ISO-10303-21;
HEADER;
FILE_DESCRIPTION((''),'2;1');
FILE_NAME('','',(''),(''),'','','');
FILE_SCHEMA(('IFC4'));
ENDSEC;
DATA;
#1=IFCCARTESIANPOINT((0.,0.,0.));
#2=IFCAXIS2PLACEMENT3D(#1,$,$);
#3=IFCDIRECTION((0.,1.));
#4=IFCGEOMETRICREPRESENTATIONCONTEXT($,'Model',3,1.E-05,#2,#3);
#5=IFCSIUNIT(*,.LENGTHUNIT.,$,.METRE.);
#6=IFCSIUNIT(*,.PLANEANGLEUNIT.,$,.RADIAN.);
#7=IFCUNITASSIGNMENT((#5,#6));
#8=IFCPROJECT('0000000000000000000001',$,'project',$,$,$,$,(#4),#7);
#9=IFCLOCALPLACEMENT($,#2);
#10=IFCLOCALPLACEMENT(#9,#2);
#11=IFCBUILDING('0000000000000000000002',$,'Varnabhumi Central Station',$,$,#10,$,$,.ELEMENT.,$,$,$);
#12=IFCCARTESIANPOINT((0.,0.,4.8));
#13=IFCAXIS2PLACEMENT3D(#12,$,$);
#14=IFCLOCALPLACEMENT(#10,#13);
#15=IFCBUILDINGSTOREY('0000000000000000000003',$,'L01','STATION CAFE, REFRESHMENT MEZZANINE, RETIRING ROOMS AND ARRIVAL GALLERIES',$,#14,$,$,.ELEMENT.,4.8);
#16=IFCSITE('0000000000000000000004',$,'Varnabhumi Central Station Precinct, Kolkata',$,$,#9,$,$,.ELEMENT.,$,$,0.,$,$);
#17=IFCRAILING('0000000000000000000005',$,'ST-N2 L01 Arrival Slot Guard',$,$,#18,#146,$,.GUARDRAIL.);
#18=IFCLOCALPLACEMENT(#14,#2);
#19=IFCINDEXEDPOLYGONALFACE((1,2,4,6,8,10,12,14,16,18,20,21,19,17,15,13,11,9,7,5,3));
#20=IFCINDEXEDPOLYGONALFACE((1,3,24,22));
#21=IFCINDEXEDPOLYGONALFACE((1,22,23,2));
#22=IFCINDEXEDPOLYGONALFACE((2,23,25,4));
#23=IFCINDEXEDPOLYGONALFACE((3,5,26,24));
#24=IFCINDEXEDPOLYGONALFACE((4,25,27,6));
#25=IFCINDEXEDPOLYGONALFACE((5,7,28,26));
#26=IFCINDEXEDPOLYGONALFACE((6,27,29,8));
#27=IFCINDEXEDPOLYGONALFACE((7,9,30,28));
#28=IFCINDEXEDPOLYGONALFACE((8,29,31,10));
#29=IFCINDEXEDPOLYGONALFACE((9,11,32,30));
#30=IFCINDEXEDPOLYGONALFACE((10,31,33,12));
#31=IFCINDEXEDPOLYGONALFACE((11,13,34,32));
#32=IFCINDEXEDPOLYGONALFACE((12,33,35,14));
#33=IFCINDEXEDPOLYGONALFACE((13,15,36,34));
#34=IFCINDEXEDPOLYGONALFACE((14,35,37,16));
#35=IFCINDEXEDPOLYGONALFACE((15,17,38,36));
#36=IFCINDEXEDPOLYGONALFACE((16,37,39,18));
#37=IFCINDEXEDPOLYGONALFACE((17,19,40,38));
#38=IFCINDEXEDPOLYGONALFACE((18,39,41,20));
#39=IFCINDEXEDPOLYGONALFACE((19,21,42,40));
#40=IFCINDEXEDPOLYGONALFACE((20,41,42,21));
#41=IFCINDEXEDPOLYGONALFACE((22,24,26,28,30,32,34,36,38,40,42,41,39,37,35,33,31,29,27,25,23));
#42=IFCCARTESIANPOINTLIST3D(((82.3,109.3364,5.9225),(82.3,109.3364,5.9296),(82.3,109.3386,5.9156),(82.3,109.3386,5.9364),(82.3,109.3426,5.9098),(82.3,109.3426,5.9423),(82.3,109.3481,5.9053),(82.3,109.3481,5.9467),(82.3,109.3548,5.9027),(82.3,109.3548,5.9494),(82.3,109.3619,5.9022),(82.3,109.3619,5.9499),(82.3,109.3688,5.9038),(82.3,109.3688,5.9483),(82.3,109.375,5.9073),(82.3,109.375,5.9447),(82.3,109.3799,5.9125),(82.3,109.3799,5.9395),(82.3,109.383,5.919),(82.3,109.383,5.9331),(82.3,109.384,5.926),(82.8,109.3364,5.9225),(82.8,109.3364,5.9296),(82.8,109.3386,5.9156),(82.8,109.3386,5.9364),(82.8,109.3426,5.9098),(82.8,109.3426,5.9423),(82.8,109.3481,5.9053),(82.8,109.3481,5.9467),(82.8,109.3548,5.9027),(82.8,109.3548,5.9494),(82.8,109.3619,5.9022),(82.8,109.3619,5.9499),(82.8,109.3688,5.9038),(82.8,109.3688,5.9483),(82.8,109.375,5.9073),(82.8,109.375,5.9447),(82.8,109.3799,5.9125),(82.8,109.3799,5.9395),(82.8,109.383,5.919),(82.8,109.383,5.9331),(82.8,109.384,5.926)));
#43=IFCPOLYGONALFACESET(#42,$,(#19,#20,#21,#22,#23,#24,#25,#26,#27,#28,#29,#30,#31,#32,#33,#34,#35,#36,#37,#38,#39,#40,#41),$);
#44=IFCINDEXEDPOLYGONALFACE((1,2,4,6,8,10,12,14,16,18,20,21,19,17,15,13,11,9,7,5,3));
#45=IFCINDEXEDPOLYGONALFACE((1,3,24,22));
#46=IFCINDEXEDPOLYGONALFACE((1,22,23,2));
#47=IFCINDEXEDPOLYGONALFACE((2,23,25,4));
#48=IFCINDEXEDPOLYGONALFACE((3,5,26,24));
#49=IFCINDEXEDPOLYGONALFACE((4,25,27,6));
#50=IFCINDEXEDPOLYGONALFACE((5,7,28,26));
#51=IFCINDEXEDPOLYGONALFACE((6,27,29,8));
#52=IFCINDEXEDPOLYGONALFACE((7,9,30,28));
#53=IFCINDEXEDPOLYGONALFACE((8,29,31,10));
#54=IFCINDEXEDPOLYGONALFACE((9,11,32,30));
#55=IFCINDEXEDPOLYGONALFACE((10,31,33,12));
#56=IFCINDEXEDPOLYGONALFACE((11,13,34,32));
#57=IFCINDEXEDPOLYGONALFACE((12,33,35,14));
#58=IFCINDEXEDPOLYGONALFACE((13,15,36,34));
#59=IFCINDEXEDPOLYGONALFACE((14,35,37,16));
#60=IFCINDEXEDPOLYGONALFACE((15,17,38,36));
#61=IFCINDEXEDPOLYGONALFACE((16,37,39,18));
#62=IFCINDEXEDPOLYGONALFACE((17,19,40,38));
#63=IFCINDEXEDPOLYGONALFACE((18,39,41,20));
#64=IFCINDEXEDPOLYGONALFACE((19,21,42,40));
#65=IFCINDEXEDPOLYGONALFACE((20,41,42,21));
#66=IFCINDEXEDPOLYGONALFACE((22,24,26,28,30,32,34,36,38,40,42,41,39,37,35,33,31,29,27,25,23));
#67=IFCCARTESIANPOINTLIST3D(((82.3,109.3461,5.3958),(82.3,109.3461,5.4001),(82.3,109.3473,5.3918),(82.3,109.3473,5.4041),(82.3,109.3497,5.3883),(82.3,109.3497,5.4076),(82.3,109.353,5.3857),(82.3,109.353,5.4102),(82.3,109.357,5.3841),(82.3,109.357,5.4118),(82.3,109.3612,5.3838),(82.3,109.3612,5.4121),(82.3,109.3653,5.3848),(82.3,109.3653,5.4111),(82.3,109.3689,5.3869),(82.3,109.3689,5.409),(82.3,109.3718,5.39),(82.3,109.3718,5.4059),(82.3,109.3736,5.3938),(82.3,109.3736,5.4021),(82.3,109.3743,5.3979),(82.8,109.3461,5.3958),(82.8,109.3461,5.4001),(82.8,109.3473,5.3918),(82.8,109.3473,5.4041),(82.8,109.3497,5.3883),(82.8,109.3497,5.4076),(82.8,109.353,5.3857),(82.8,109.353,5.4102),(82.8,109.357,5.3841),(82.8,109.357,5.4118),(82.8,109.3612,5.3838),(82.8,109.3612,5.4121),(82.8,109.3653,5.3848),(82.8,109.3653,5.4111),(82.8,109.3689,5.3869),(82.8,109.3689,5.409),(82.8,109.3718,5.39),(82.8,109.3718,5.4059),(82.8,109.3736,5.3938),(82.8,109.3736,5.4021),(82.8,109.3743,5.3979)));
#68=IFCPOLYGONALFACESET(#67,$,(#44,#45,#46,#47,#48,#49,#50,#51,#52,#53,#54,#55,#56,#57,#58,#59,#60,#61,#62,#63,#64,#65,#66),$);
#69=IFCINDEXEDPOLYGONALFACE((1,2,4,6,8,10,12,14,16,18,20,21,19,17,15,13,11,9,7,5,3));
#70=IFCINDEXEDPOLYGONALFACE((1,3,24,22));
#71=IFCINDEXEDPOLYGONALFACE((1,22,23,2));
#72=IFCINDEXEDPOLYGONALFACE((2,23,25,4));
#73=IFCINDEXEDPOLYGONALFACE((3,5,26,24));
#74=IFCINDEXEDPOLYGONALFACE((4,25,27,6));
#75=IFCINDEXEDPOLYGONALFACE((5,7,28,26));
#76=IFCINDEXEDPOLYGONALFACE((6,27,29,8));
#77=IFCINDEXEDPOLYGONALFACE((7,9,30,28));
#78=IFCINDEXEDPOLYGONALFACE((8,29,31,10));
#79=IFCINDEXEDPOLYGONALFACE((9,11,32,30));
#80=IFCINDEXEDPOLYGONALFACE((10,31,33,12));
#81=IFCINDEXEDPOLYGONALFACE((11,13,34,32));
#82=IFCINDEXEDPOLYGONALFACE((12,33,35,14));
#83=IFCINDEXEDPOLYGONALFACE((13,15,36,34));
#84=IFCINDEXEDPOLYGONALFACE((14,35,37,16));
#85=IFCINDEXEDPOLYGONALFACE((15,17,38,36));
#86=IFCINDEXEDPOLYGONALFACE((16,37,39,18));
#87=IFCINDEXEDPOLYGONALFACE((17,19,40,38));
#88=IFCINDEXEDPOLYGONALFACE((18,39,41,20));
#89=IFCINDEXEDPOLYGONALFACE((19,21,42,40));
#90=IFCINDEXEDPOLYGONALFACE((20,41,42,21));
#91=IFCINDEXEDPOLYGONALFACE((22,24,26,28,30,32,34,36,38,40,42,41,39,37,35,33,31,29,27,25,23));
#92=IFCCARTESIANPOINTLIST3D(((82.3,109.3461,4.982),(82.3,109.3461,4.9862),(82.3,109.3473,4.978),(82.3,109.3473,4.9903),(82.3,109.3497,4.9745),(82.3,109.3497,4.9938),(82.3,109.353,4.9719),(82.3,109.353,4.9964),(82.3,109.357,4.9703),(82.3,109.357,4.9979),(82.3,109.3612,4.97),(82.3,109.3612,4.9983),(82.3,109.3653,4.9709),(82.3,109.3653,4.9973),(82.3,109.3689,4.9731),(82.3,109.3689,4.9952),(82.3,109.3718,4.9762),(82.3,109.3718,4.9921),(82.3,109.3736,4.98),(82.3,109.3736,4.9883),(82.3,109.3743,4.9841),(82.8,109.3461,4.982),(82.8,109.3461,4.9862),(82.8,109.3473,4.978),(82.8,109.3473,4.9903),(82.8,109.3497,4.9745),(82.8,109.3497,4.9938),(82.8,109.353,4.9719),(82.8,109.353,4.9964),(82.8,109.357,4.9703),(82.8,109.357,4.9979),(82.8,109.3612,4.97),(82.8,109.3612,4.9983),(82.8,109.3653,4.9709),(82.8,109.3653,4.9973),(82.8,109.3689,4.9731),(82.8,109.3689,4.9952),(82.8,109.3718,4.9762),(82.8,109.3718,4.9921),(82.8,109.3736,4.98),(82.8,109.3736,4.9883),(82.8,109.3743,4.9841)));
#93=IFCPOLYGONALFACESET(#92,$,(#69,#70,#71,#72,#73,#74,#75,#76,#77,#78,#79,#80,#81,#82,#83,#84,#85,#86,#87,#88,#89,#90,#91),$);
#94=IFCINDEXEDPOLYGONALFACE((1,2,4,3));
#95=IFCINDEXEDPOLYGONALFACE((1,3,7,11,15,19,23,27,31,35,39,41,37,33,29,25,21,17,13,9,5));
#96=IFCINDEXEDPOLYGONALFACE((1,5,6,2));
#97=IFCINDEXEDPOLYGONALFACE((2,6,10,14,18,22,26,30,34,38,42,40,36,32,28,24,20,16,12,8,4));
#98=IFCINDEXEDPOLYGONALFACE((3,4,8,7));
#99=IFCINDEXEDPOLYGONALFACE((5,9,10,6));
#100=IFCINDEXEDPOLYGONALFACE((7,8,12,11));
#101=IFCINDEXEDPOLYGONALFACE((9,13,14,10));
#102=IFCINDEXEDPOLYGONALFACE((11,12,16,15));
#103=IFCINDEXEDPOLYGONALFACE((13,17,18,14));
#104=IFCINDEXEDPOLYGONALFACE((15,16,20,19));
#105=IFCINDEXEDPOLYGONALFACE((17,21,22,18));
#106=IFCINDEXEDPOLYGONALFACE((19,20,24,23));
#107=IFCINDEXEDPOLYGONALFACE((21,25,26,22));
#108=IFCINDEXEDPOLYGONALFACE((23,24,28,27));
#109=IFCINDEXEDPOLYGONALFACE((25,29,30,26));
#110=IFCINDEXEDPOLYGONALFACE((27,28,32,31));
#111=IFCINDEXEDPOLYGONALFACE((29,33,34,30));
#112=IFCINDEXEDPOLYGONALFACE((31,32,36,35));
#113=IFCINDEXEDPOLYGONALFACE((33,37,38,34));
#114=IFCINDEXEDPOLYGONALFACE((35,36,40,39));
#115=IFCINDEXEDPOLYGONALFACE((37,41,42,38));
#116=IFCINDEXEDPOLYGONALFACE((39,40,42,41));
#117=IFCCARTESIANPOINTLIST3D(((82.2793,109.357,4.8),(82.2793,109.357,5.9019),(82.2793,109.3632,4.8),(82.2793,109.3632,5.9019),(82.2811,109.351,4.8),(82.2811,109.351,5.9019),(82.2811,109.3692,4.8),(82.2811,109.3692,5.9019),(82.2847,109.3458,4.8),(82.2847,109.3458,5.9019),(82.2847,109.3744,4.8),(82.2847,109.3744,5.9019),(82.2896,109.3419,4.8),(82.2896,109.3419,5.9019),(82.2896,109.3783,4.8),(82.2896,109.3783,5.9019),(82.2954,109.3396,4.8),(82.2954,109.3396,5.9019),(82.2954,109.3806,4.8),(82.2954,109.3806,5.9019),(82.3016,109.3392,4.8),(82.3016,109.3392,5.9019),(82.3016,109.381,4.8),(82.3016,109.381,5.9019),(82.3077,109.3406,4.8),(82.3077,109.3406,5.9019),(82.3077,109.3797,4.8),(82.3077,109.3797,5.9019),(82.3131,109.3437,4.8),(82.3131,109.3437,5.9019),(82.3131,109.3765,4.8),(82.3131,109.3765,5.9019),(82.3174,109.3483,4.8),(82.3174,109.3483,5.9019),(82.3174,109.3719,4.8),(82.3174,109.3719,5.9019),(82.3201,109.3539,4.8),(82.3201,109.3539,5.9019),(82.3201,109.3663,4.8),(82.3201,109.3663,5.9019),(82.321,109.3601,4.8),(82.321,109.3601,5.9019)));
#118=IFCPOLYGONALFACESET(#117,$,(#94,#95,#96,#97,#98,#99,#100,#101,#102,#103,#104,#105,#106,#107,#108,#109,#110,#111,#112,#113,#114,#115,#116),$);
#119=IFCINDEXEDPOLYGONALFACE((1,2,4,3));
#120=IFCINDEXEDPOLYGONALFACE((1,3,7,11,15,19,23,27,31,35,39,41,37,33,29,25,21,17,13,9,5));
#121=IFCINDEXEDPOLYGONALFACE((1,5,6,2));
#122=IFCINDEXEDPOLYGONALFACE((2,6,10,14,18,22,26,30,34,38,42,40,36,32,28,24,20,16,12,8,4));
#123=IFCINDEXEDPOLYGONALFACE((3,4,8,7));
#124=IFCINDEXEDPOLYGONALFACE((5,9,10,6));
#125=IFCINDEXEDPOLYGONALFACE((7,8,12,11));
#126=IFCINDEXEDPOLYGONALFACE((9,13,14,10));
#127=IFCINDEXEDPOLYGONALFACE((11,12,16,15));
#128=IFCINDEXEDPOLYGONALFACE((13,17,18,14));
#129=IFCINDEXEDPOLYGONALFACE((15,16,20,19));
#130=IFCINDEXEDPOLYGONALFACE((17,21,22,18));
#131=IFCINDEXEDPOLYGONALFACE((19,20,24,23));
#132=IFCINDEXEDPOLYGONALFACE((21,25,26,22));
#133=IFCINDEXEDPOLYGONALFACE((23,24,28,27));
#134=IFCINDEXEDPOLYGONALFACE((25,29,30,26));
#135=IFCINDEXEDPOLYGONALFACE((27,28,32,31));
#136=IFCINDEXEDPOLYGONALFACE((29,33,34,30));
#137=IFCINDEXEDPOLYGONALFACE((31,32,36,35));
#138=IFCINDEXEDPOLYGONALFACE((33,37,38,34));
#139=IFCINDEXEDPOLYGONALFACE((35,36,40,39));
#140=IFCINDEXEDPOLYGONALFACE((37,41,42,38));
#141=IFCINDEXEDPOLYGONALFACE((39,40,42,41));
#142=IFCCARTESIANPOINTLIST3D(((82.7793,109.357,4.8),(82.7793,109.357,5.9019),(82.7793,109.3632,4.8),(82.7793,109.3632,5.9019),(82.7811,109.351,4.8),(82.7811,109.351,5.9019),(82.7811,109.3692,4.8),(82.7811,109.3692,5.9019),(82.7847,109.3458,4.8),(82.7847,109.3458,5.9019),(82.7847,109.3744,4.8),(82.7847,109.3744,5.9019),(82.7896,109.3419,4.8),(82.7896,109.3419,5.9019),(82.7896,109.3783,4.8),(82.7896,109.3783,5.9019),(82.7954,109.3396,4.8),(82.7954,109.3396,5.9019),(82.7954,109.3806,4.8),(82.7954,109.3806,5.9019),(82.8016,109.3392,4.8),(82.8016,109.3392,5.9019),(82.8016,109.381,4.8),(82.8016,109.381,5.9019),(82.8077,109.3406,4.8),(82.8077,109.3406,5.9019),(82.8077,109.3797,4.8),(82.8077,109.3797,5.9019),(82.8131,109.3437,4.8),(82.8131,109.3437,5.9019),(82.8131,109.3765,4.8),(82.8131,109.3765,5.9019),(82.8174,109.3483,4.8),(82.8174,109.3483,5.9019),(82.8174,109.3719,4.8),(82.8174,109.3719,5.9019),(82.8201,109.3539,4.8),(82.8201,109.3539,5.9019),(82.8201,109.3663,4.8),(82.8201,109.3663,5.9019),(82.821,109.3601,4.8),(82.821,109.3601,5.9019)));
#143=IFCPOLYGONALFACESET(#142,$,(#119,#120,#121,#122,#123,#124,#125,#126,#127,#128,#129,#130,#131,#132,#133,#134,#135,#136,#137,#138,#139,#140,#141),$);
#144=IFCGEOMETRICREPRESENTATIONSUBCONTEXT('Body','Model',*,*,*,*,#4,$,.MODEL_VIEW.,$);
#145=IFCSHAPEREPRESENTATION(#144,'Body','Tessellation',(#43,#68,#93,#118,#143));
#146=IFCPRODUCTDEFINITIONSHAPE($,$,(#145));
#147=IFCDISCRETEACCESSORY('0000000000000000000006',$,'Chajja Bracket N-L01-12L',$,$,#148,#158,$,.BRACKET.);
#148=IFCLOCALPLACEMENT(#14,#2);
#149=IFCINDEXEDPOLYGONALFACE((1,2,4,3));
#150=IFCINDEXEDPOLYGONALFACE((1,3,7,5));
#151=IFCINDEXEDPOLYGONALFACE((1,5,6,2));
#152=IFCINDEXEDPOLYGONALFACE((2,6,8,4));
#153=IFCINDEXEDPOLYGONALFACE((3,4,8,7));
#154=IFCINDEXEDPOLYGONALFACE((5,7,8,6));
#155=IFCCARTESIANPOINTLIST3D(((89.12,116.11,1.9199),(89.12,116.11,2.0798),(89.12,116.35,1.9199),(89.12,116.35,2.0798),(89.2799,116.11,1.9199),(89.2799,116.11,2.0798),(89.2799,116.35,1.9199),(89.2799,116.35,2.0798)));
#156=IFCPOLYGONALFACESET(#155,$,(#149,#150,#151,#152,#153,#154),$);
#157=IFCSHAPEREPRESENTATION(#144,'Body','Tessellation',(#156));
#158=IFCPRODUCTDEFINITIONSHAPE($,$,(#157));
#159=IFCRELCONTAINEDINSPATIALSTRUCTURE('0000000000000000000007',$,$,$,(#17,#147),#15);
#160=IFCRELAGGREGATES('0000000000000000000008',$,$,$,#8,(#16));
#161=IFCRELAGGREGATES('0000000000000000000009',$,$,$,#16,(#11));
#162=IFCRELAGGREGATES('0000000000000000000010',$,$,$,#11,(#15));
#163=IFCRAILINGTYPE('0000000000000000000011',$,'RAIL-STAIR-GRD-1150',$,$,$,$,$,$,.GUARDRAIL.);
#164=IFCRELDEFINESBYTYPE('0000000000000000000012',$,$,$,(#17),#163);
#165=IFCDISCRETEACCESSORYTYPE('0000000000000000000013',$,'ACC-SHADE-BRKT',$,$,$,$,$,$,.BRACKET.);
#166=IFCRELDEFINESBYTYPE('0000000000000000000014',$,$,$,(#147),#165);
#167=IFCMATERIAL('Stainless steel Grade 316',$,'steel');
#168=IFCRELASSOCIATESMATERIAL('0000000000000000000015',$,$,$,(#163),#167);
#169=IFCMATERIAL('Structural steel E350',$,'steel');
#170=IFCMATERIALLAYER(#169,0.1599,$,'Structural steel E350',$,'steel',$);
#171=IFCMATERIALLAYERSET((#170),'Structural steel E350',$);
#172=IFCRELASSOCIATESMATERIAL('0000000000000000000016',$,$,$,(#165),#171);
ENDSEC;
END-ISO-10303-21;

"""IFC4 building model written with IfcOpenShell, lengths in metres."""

from ifc_helpers import new_model, si_unit, direction, frame, origin, origin_2d, place, context, subcontext, project, spatial, rectangle, circle, extrude, material, layer, layer_set, type_object, element, save


model = new_model("IFC4")

# Units and contexts
model_context = context("Model", 3, precision=1e-05, world=origin(), true_north=direction((0.0, 1.0)))
body_context = subcontext(model_context, "Body", "Model", "MODEL_VIEW")
ifc_project = project(units=[si_unit("LENGTHUNIT", "METRE"), si_unit("PLANEANGLEUNIT", "RADIAN")], contexts=[model_context])

# Site, building, storey
site_placement = place(None, origin())
site = spatial("IfcSite", under=ifc_project, at=site_placement, Name="Varnabhumi Central Station Precinct, Kolkata", CompositionType="ELEMENT", RefElevation=0.0)
building_placement = place(site_placement, origin())
building = spatial("IfcBuilding", under=site, at=building_placement, Name="Varnabhumi Central Station", CompositionType="ELEMENT")
storey_placement = place(building_placement, frame((0.0, 0.0, 4.8)))
storey = spatial("IfcBuildingStorey", under=building, at=storey_placement, Name="L01", Description="STATION CAFE, REFRESHMENT MEZZANINE, RETIRING ROOMS AND ARRIVAL GALLERIES", CompositionType="ELEMENT", Elevation=4.8)

# Shared definitions
ifc_material_1 = material(Name="Structural steel E350", Category="steel")

# Shared definitions
ifc_material_2 = material(Name="Stainless steel Grade 316", Category="steel")

# Railing
railing_type_1 = type_object("IfcRailingType", Name="RAIL-STAIR-GRD-1150", PredefinedType="GUARDRAIL", material=ifc_material_2)
for number, where, name in (
    (1, (82.3, 109.3601, 4.8), "ST-N2 L01 Arrival Slot Guard"),
):
    element("IfcRailing", number, at=place(storey_placement, frame(where)), inside=storey, type_object=railing_type_1, Name=name, PredefinedType="GUARDRAIL", context=body_context, shape_type="SweptSolid", body=[
        extrude(circle(Radius=0.0239, at=origin_2d()), frame((0.0, 0.0, 1.126), z_axis=(1.0, 0.0, 0.0), x_axis=(0.0, 1.0, 0.0)), (0.0, 0.0, 1.0), 0.5),
        extrude(circle(Radius=0.0142, at=origin_2d()), frame((0.0, 0.0, 0.5979), z_axis=(1.0, 0.0, 0.0), x_axis=(0.0, 1.0, 0.0)), (0.0, 0.0, 1.0), 0.5),
        extrude(circle(Radius=0.0142, at=origin_2d()), frame((0.0, 0.0, 0.1841), z_axis=(1.0, 0.0, 0.0), x_axis=(0.0, 1.0, 0.0)), (0.0, 0.0, 1.0), 0.5),
        extrude(circle(Radius=0.021, at=origin_2d()), origin(), (0.0, 0.0, 1.0), 1.1018),
        extrude(circle(Radius=0.021, at=origin_2d()), frame((0.5, 0.0, 0.0)), (0.0, 0.0, 1.0), 1.1018),
    ])

# Discrete accessory
ifc_layer_1 = layer(ifc_material_1, 0.1599, Name="Structural steel E350", Category="steel")
ifc_layer_set_1 = layer_set([ifc_layer_1], Name="Structural steel E350")
discrete_accessory_type = type_object("IfcDiscreteAccessoryType", Name="ACC-SHADE-BRKT", PredefinedType="BRACKET", material=ifc_layer_set_1)
discrete_accessory_placement = place(storey_placement, frame((89.2, 116.23, 1.9199), z_axis=(0.0, 0.0, 1.0), x_axis=(1.0, 0.0, 0.0)))
element("IfcDiscreteAccessory", 2, at=discrete_accessory_placement, inside=storey, type_object=discrete_accessory_type, Name="Chajja Bracket N-L01-12L", PredefinedType="BRACKET", context=body_context, shape_type="SweptSolid", body=[
    extrude(rectangle(XDim=0.1599, YDim=0.24, at=origin_2d()), origin(), (0.0, 0.0, 1.0), 0.1599),
])

save(model, "model.ifc")
